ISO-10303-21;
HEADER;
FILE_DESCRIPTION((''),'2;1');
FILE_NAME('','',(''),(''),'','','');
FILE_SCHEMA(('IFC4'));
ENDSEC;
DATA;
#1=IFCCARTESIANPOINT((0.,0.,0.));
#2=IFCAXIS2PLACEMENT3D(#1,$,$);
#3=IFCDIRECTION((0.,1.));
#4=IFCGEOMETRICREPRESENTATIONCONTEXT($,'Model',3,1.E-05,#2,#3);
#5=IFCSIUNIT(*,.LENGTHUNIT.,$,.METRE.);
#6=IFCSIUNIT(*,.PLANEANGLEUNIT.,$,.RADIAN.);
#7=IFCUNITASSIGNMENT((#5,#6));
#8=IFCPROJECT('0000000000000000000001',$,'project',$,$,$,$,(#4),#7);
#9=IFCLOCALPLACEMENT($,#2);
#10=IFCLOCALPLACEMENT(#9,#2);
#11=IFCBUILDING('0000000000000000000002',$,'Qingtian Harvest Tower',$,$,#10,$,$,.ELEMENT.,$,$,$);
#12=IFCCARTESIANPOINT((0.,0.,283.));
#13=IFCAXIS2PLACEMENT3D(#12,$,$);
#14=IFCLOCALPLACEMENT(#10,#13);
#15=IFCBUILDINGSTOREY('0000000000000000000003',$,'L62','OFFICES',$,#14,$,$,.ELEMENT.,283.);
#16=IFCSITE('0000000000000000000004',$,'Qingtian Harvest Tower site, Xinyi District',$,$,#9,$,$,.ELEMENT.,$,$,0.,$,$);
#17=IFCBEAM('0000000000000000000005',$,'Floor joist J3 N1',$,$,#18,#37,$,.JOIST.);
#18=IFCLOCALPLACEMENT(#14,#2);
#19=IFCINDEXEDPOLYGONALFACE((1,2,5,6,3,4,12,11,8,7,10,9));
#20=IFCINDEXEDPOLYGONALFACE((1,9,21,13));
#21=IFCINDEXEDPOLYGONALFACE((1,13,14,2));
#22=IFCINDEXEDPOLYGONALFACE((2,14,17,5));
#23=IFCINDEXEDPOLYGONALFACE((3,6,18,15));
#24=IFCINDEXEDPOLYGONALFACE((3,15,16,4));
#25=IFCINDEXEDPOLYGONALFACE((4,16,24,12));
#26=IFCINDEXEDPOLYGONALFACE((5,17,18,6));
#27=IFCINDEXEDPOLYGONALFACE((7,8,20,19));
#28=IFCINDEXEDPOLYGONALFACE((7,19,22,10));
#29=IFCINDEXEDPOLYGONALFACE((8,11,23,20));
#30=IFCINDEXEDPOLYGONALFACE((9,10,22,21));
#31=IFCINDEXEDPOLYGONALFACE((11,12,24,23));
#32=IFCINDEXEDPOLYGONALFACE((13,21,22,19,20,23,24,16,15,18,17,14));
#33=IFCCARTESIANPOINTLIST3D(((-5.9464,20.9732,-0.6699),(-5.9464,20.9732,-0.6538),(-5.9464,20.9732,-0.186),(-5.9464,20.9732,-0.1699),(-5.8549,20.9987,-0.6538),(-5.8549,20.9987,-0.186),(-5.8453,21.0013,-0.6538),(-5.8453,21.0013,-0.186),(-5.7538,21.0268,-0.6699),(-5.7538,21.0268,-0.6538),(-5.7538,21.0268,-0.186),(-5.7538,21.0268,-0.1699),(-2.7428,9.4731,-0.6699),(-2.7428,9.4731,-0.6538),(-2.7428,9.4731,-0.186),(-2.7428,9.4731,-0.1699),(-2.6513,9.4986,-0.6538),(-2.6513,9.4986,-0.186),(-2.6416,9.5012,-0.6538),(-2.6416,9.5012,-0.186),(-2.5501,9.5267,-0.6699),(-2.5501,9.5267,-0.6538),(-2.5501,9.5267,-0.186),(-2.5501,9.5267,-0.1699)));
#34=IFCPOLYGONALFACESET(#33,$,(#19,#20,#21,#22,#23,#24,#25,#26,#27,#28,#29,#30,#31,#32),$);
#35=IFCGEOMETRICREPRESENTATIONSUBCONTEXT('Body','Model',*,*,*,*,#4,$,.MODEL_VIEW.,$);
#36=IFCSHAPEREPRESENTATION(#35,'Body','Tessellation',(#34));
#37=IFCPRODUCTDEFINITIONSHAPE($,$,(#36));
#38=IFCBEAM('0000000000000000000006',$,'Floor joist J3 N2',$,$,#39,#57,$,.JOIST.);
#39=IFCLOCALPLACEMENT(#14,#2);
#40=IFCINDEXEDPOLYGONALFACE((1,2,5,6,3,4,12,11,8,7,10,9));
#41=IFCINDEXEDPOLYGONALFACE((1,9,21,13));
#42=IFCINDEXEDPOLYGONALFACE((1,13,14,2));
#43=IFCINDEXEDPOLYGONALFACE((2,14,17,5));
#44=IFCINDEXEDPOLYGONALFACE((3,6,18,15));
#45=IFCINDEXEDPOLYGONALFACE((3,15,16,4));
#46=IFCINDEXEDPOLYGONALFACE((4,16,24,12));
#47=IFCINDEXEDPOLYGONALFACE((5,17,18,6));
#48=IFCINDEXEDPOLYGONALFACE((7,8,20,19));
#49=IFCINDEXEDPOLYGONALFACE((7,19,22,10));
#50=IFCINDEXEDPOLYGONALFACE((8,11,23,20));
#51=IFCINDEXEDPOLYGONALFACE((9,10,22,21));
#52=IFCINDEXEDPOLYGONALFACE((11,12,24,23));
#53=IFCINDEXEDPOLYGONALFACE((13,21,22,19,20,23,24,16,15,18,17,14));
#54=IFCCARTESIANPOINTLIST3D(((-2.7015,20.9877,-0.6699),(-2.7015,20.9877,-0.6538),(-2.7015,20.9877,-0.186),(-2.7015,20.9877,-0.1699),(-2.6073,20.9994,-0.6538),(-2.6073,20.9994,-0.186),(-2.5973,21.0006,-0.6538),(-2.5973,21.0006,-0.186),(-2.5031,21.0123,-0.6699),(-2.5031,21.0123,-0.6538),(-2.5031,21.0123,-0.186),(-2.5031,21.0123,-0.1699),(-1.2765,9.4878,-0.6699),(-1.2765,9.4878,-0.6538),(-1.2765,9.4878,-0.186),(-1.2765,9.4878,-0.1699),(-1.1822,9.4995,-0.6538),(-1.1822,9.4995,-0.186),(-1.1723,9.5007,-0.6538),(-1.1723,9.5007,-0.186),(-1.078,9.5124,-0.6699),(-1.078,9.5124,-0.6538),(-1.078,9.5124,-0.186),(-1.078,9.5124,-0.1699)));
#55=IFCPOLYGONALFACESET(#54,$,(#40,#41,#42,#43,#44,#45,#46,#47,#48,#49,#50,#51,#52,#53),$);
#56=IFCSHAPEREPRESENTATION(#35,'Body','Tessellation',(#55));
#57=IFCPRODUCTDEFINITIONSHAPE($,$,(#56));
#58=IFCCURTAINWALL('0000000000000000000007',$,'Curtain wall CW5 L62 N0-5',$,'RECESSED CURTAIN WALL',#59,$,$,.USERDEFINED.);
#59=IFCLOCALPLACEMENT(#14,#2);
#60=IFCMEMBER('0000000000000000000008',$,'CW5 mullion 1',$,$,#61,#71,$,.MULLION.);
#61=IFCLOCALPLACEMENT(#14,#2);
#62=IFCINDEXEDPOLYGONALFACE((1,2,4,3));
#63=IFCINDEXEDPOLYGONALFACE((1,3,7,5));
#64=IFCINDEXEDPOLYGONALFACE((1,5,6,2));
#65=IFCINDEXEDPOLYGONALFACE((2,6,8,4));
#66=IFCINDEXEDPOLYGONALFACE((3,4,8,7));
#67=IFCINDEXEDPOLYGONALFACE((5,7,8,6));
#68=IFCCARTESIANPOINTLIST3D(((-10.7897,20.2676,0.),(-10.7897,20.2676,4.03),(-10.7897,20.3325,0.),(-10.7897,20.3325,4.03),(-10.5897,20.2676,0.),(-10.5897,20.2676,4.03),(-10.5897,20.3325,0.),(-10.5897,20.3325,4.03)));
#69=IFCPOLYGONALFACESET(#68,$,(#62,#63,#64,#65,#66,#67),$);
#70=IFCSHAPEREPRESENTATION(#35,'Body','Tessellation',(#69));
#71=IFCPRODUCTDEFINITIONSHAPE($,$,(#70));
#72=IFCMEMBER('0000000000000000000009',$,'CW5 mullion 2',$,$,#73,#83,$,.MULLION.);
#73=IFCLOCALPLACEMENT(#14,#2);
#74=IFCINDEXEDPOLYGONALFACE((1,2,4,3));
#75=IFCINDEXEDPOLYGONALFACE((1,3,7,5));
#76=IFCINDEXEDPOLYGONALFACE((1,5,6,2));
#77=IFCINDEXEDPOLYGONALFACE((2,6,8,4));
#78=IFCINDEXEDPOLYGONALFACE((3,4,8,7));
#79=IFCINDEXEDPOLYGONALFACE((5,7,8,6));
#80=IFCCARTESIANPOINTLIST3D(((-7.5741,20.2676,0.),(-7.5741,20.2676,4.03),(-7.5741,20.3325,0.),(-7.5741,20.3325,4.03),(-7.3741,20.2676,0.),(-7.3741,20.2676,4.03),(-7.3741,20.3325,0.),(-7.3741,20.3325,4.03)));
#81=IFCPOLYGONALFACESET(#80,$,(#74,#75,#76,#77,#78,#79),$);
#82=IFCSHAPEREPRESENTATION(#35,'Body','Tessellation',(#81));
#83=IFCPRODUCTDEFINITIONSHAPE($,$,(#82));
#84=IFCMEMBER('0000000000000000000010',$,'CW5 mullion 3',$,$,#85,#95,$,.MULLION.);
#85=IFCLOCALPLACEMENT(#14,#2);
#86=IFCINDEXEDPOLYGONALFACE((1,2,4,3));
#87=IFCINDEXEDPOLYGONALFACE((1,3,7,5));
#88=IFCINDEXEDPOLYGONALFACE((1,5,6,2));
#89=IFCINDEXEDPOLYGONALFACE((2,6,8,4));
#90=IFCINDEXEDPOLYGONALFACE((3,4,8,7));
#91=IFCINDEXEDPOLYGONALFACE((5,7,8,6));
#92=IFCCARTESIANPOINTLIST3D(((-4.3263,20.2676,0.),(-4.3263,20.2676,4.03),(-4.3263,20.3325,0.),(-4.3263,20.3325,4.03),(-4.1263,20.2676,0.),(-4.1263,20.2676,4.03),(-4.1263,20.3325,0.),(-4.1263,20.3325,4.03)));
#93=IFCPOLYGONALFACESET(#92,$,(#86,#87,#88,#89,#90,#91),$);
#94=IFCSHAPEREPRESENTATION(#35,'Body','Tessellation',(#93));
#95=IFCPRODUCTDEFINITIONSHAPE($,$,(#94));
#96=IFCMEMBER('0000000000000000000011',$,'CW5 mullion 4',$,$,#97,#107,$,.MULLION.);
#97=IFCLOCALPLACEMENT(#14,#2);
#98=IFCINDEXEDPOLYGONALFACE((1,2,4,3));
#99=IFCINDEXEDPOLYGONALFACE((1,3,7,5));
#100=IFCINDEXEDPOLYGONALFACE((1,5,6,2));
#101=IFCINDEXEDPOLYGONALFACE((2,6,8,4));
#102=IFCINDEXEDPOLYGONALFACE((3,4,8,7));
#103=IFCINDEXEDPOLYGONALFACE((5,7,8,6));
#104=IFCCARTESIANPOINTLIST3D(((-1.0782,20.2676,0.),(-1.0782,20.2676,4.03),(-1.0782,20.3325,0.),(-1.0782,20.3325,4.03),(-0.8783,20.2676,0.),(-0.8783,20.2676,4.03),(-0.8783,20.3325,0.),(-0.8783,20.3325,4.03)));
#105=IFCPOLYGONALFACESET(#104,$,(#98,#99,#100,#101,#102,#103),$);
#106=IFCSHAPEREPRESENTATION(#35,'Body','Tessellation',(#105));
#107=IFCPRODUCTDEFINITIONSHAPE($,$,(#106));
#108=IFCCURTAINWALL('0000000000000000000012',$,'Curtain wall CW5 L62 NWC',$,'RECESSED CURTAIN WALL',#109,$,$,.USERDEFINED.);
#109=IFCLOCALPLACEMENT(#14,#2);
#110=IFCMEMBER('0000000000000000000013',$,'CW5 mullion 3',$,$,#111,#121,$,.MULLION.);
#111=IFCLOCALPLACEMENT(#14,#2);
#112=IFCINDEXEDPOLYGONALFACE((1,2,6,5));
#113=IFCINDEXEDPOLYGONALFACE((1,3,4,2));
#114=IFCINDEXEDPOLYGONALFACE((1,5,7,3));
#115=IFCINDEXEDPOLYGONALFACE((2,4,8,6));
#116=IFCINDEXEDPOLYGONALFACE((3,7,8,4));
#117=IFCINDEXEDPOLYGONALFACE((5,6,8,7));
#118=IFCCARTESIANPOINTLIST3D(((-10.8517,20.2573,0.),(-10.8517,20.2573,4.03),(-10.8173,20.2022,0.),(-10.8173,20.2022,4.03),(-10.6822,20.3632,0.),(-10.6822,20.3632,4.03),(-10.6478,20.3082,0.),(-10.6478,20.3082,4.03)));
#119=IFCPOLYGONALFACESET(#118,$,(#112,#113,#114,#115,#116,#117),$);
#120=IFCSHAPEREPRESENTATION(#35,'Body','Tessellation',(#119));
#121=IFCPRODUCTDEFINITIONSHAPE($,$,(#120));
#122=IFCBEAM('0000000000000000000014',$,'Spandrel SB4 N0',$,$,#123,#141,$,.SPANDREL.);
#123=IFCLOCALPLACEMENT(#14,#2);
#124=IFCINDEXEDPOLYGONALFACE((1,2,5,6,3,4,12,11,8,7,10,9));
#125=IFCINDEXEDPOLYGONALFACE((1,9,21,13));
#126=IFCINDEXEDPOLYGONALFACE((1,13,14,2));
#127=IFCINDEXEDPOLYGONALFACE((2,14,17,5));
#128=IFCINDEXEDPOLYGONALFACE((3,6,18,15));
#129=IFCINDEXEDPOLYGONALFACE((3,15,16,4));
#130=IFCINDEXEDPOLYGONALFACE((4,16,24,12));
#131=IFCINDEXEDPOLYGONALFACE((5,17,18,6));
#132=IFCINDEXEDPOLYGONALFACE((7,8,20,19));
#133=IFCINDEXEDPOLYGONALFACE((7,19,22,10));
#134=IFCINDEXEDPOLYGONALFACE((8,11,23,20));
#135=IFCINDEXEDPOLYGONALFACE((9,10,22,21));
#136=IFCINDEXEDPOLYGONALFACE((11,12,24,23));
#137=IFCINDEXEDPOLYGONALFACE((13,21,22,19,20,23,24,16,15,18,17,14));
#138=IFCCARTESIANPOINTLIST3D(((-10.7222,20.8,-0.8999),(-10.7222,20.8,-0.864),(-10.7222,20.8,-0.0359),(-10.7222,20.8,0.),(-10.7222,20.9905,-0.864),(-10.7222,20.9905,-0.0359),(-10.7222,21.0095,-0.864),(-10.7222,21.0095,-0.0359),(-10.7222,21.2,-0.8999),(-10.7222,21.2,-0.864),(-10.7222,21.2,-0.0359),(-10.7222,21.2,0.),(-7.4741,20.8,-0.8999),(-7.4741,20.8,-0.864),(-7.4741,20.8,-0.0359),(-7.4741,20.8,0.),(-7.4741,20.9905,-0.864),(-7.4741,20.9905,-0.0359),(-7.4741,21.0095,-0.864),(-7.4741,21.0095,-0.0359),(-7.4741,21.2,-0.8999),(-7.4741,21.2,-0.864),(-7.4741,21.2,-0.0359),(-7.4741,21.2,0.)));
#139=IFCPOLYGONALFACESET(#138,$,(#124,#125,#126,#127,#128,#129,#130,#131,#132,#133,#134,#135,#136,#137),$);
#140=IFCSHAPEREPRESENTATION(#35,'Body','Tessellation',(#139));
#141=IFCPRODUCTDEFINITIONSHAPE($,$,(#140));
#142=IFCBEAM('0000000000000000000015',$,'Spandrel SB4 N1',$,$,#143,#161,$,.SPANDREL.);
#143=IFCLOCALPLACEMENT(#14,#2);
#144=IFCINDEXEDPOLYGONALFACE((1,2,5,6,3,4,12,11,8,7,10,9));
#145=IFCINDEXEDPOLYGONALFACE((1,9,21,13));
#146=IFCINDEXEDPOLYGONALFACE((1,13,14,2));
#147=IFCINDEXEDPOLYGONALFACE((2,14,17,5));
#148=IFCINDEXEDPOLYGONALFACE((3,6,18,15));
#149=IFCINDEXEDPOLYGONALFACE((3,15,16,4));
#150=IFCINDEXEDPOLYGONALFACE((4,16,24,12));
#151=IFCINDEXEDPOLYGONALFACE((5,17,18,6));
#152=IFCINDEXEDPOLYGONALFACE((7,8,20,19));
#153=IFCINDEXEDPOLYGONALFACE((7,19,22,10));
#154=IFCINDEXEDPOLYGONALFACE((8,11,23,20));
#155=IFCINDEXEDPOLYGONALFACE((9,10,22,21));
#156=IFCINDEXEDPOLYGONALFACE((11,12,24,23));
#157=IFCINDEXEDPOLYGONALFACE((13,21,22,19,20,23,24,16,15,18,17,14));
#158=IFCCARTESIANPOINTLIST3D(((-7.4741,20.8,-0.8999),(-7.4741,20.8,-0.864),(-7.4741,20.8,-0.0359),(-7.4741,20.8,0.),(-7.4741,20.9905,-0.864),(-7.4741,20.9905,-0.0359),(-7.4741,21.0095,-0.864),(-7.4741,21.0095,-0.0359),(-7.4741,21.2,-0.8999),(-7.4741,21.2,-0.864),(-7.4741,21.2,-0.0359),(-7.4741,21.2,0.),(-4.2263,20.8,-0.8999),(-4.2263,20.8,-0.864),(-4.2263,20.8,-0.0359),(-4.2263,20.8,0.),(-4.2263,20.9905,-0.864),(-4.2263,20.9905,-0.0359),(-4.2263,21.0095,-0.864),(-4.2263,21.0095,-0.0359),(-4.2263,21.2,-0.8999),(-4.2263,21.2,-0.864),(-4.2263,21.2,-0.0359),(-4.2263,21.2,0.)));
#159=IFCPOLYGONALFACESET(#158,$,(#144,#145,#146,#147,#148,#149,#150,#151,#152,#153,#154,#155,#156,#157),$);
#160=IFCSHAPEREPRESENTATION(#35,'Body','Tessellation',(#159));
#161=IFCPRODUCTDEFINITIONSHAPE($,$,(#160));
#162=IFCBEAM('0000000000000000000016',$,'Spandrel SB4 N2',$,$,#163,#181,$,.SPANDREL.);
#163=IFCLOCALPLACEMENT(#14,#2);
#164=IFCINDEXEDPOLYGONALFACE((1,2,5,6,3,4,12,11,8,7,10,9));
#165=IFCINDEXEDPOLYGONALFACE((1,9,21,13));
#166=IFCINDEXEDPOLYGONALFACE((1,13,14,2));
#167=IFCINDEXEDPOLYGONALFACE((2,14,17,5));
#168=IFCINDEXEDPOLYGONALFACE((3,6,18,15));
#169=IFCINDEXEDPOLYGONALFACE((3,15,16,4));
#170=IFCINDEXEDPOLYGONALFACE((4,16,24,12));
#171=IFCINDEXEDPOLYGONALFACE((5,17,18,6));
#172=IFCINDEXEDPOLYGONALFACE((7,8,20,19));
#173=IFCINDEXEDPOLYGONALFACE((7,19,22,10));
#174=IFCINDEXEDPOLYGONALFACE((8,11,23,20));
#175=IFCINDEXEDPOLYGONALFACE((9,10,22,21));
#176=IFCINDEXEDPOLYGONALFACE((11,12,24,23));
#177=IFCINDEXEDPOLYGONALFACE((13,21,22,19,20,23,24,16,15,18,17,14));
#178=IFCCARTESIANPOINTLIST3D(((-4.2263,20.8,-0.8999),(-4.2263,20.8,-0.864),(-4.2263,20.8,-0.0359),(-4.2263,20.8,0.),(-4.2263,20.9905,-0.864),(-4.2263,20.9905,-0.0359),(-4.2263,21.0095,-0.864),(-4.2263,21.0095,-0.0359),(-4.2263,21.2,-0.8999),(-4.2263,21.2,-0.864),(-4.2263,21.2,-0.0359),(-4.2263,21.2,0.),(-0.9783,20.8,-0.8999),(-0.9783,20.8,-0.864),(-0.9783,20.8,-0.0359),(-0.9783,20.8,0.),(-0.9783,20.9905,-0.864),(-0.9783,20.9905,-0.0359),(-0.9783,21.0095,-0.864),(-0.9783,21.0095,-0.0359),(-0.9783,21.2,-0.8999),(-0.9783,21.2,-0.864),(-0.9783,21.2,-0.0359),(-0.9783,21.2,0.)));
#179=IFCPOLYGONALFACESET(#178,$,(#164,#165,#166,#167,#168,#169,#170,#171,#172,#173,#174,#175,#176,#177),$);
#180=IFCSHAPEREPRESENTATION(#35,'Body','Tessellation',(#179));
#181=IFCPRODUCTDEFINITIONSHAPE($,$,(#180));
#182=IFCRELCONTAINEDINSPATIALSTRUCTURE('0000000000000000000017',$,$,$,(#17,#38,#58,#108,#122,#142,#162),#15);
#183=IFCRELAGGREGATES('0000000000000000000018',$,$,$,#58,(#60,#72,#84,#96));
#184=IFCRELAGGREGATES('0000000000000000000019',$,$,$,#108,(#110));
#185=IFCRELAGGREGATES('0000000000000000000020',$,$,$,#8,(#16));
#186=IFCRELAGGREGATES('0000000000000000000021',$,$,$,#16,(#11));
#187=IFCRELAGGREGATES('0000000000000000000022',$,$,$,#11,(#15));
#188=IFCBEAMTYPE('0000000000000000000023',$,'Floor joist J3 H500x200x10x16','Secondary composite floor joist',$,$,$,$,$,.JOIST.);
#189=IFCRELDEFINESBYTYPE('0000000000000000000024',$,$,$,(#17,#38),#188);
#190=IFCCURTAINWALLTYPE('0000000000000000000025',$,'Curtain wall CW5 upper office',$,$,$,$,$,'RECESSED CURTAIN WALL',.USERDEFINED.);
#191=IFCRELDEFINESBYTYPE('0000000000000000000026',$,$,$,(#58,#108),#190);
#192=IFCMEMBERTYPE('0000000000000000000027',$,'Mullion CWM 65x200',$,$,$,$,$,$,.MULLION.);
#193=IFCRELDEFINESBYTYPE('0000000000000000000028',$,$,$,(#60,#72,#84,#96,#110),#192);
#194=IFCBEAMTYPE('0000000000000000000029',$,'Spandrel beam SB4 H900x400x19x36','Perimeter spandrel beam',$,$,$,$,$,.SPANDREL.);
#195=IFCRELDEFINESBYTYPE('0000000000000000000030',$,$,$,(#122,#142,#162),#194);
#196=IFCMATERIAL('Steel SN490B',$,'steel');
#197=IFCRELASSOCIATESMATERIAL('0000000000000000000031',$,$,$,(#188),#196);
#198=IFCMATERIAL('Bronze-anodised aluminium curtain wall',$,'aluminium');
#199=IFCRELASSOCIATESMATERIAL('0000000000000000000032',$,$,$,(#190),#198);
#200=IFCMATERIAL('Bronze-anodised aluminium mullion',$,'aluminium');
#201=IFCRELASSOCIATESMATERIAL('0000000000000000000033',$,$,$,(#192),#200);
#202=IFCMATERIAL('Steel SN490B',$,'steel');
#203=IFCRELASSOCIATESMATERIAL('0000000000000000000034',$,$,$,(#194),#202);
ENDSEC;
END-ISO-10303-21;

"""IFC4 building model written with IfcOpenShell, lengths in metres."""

from ifc_helpers import new_model, si_unit, direction, frame, origin, origin_2d, place, context, subcontext, project, spatial, rectangle, i_section, extrude, material, material_profile, profile_set, type_object, element, aggregate, save


model = new_model("IFC4")

# Units and contexts
model_context = context("Model", 3, precision=1e-05, world=origin(), true_north=direction((0.0, 1.0)))
body_context = subcontext(model_context, "Body", "Model", "MODEL_VIEW")
ifc_project = project(units=[si_unit("LENGTHUNIT", "METRE"), si_unit("PLANEANGLEUNIT", "RADIAN")], contexts=[model_context])

# Site, building, storey
site_placement = place(None, origin())
site = spatial("IfcSite", under=ifc_project, at=site_placement, Name="Qingtian Harvest Tower site, Xinyi District", CompositionType="ELEMENT", RefElevation=0.0)
building_placement = place(site_placement, origin())
building = spatial("IfcBuilding", under=site, at=building_placement, Name="Qingtian Harvest Tower", CompositionType="ELEMENT")
storey_placement = place(building_placement, frame((0.0, 0.0, 283.0)))
storey = spatial("IfcBuildingStorey", under=building, at=storey_placement, Name="L62", Description="OFFICES", CompositionType="ELEMENT", Elevation=283.0)

# Beams
ifc_material_1 = material(Name="Steel SN490B", Category="steel")
ifc_material_profile_1 = material_profile(ifc_material_1, i_section(OverallWidth=0.2, OverallDepth=0.5, WebThickness=0.01, FlangeThickness=0.0161, at=origin_2d()), Name="H500x200x10x16")
ifc_profile_set_1 = profile_set([ifc_material_profile_1], Name="Steel SN490B")
beam_type_1 = type_object("IfcBeamType", Name="Floor joist J3 H500x200x10x16", Description="Secondary composite floor joist", PredefinedType="JOIST", material=ifc_profile_set_1)
beam_1_placement = place(storey_placement, frame((-5.8501, 21.0, -0.4199), z_axis=(0.268357, -0.96332, 0.0), x_axis=(0.96332, 0.268357, 0.0)))
element("IfcBeam", 1, at=beam_1_placement, inside=storey, type_object=beam_type_1, Name="Floor joist J3 N1", PredefinedType="JOIST", context=body_context, shape_type="SweptSolid", body=[
    extrude(i_section(OverallWidth=0.2, OverallDepth=0.5, WebThickness=0.01, FlangeThickness=0.0161, at=origin_2d()), origin(), (0.0, 0.0, 1.0), 11.938),
])
beam_2_placement = place(storey_placement, frame((-2.6023, 21.0, -0.4199), z_axis=(0.122977, -0.99241, 0.0), x_axis=(0.99241, 0.122977, 0.0)))
element("IfcBeam", 2, at=beam_2_placement, inside=storey, type_object=beam_type_1, Name="Floor joist J3 N2", PredefinedType="JOIST", context=body_context, shape_type="SweptSolid", body=[
    extrude(i_section(OverallWidth=0.2, OverallDepth=0.5, WebThickness=0.01, FlangeThickness=0.0161, at=origin_2d()), origin(), (0.0, 0.0, 1.0), 11.5879),
])

# Curtain wall, members
ifc_material_2 = material(Name="Bronze-anodised aluminium curtain wall", Category="aluminium")
curtain_wall_type = type_object("IfcCurtainWallType", Name="Curtain wall CW5 upper office", ElementType="RECESSED CURTAIN WALL", PredefinedType="USERDEFINED", material=ifc_material_2)
curtain_wall_1_placement = place(storey_placement, origin())
curtain_wall_1 = element("IfcCurtainWall", 3, at=curtain_wall_1_placement, inside=storey, type_object=curtain_wall_type, Name="Curtain wall CW5 L62 N0-5", ObjectType="RECESSED CURTAIN WALL", PredefinedType="USERDEFINED")
ifc_material_3 = material(Name="Bronze-anodised aluminium mullion", Category="aluminium")
ifc_material_profile_2 = material_profile(ifc_material_3, rectangle(XDim=0.0649, YDim=0.2, at=origin_2d()), Name="AL 65x200")
ifc_profile_set_2 = profile_set([ifc_material_profile_2], Name="Bronze-anodised aluminium mullion")
member_type_1 = type_object("IfcMemberType", Name="Mullion CWM 65x200", PredefinedType="MULLION", material=ifc_profile_set_2)
member_1_placement = place(storey_placement, frame((-10.6897, 20.3, 0.0), z_axis=(0.0, 0.0, 1.0), x_axis=(0.0, 1.0, 0.0)))
member_1 = element("IfcMember", 4, at=member_1_placement, type_object=member_type_1, Name="CW5 mullion 1", PredefinedType="MULLION", context=body_context, shape_type="SweptSolid", body=[
    extrude(rectangle(XDim=0.0649, YDim=0.2, at=origin_2d()), origin(), (0.0, 0.0, 1.0), 4.03),
])
member_2_placement = place(storey_placement, frame((-7.4741, 20.3, 0.0), z_axis=(0.0, 0.0, 1.0), x_axis=(0.0, 1.0, 0.0)))
member_2 = element("IfcMember", 5, at=member_2_placement, type_object=member_type_1, Name="CW5 mullion 2", PredefinedType="MULLION", context=body_context, shape_type="SweptSolid", body=[
    extrude(rectangle(XDim=0.0649, YDim=0.2, at=origin_2d()), origin(), (0.0, 0.0, 1.0), 4.03),
])
member_3_placement = place(storey_placement, frame((-4.2263, 20.3, 0.0), z_axis=(0.0, 0.0, 1.0), x_axis=(0.0, 1.0, 0.0)))
member_3 = element("IfcMember", 6, at=member_3_placement, type_object=member_type_1, Name="CW5 mullion 3", PredefinedType="MULLION", context=body_context, shape_type="SweptSolid", body=[
    extrude(rectangle(XDim=0.0649, YDim=0.2, at=origin_2d()), origin(), (0.0, 0.0, 1.0), 4.03),
])
member_4_placement = place(storey_placement, frame((-0.9783, 20.3, 0.0), z_axis=(0.0, 0.0, 1.0), x_axis=(0.0, 1.0, 0.0)))
member_4 = element("IfcMember", 7, at=member_4_placement, type_object=member_type_1, Name="CW5 mullion 4", PredefinedType="MULLION", context=body_context, shape_type="SweptSolid", body=[
    extrude(rectangle(XDim=0.0649, YDim=0.2, at=origin_2d()), origin(), (0.0, 0.0, 1.0), 4.03),
])

# Curtain wall, member
curtain_wall_2_placement = place(storey_placement, origin())
curtain_wall_2 = element("IfcCurtainWall", 8, at=curtain_wall_2_placement, inside=storey, type_object=curtain_wall_type, Name="Curtain wall CW5 L62 NWC", ObjectType="RECESSED CURTAIN WALL", PredefinedType="USERDEFINED")
member_5_placement = place(storey_placement, frame((-10.7498, 20.2827, 0.0), z_axis=(0.0, 0.0, 1.0), x_axis=(-0.529919, 0.848048, 0.0)))
member_5 = element("IfcMember", 9, at=member_5_placement, type_object=member_type_1, Name="CW5 mullion 3", PredefinedType="MULLION", context=body_context, shape_type="SweptSolid", body=[
    extrude(rectangle(XDim=0.0649, YDim=0.2, at=origin_2d()), origin(), (0.0, 0.0, 1.0), 4.03),
])

# Beams
ifc_material_4 = material(Name="Steel SN490B", Category="steel")
ifc_material_profile_3 = material_profile(ifc_material_4, i_section(OverallWidth=0.3999, OverallDepth=0.8999, WebThickness=0.019, FlangeThickness=0.0359, at=origin_2d()), Name="H900x400x19x36")
ifc_profile_set_3 = profile_set([ifc_material_profile_3], Name="Steel SN490B")
beam_type_2 = type_object("IfcBeamType", Name="Spandrel beam SB4 H900x400x19x36", Description="Perimeter spandrel beam", PredefinedType="SPANDREL", material=ifc_profile_set_3)
beam_3_placement = place(storey_placement, frame((-10.7222, 21.0, -0.45), z_axis=(1.0, 0.0, 0.0), x_axis=(0.0, 1.0, 0.0)))
element("IfcBeam", 10, at=beam_3_placement, inside=storey, type_object=beam_type_2, Name="Spandrel SB4 N0", PredefinedType="SPANDREL", context=body_context, shape_type="SweptSolid", body=[
    extrude(i_section(OverallWidth=0.3999, OverallDepth=0.8999, WebThickness=0.019, FlangeThickness=0.0359, at=origin_2d()), origin(), (0.0, 0.0, 1.0), 3.248),
])
beam_4_placement = place(storey_placement, frame((-7.4741, 21.0, -0.45), z_axis=(1.0, 0.0, 0.0), x_axis=(0.0, 1.0, 0.0)))
element("IfcBeam", 11, at=beam_4_placement, inside=storey, type_object=beam_type_2, Name="Spandrel SB4 N1", PredefinedType="SPANDREL", context=body_context, shape_type="SweptSolid", body=[
    extrude(i_section(OverallWidth=0.3999, OverallDepth=0.8999, WebThickness=0.019, FlangeThickness=0.0359, at=origin_2d()), origin(), (0.0, 0.0, 1.0), 3.2478),
])
for number, where, z_axis, x_axis, name in (
    (12, (-4.2263, 21.0, -0.45), (1.0, 0.0, 0.0), (0.0, 1.0, 0.0), "Spandrel SB4 N2"),
):
    element("IfcBeam", number, at=place(storey_placement, frame(where, z_axis=z_axis, x_axis=x_axis)), inside=storey, type_object=beam_type_2, Name=name, PredefinedType="SPANDREL", context=body_context, shape_type="SweptSolid", body=[
        extrude(i_section(OverallWidth=0.3999, OverallDepth=0.8999, WebThickness=0.019, FlangeThickness=0.0359, at=origin_2d()), origin(), (0.0, 0.0, 1.0), 3.248),
    ])

aggregate(curtain_wall_1, [member_1, member_2, member_3, member_4])
aggregate(curtain_wall_2, [member_5])

save(model, "model.ifc")
